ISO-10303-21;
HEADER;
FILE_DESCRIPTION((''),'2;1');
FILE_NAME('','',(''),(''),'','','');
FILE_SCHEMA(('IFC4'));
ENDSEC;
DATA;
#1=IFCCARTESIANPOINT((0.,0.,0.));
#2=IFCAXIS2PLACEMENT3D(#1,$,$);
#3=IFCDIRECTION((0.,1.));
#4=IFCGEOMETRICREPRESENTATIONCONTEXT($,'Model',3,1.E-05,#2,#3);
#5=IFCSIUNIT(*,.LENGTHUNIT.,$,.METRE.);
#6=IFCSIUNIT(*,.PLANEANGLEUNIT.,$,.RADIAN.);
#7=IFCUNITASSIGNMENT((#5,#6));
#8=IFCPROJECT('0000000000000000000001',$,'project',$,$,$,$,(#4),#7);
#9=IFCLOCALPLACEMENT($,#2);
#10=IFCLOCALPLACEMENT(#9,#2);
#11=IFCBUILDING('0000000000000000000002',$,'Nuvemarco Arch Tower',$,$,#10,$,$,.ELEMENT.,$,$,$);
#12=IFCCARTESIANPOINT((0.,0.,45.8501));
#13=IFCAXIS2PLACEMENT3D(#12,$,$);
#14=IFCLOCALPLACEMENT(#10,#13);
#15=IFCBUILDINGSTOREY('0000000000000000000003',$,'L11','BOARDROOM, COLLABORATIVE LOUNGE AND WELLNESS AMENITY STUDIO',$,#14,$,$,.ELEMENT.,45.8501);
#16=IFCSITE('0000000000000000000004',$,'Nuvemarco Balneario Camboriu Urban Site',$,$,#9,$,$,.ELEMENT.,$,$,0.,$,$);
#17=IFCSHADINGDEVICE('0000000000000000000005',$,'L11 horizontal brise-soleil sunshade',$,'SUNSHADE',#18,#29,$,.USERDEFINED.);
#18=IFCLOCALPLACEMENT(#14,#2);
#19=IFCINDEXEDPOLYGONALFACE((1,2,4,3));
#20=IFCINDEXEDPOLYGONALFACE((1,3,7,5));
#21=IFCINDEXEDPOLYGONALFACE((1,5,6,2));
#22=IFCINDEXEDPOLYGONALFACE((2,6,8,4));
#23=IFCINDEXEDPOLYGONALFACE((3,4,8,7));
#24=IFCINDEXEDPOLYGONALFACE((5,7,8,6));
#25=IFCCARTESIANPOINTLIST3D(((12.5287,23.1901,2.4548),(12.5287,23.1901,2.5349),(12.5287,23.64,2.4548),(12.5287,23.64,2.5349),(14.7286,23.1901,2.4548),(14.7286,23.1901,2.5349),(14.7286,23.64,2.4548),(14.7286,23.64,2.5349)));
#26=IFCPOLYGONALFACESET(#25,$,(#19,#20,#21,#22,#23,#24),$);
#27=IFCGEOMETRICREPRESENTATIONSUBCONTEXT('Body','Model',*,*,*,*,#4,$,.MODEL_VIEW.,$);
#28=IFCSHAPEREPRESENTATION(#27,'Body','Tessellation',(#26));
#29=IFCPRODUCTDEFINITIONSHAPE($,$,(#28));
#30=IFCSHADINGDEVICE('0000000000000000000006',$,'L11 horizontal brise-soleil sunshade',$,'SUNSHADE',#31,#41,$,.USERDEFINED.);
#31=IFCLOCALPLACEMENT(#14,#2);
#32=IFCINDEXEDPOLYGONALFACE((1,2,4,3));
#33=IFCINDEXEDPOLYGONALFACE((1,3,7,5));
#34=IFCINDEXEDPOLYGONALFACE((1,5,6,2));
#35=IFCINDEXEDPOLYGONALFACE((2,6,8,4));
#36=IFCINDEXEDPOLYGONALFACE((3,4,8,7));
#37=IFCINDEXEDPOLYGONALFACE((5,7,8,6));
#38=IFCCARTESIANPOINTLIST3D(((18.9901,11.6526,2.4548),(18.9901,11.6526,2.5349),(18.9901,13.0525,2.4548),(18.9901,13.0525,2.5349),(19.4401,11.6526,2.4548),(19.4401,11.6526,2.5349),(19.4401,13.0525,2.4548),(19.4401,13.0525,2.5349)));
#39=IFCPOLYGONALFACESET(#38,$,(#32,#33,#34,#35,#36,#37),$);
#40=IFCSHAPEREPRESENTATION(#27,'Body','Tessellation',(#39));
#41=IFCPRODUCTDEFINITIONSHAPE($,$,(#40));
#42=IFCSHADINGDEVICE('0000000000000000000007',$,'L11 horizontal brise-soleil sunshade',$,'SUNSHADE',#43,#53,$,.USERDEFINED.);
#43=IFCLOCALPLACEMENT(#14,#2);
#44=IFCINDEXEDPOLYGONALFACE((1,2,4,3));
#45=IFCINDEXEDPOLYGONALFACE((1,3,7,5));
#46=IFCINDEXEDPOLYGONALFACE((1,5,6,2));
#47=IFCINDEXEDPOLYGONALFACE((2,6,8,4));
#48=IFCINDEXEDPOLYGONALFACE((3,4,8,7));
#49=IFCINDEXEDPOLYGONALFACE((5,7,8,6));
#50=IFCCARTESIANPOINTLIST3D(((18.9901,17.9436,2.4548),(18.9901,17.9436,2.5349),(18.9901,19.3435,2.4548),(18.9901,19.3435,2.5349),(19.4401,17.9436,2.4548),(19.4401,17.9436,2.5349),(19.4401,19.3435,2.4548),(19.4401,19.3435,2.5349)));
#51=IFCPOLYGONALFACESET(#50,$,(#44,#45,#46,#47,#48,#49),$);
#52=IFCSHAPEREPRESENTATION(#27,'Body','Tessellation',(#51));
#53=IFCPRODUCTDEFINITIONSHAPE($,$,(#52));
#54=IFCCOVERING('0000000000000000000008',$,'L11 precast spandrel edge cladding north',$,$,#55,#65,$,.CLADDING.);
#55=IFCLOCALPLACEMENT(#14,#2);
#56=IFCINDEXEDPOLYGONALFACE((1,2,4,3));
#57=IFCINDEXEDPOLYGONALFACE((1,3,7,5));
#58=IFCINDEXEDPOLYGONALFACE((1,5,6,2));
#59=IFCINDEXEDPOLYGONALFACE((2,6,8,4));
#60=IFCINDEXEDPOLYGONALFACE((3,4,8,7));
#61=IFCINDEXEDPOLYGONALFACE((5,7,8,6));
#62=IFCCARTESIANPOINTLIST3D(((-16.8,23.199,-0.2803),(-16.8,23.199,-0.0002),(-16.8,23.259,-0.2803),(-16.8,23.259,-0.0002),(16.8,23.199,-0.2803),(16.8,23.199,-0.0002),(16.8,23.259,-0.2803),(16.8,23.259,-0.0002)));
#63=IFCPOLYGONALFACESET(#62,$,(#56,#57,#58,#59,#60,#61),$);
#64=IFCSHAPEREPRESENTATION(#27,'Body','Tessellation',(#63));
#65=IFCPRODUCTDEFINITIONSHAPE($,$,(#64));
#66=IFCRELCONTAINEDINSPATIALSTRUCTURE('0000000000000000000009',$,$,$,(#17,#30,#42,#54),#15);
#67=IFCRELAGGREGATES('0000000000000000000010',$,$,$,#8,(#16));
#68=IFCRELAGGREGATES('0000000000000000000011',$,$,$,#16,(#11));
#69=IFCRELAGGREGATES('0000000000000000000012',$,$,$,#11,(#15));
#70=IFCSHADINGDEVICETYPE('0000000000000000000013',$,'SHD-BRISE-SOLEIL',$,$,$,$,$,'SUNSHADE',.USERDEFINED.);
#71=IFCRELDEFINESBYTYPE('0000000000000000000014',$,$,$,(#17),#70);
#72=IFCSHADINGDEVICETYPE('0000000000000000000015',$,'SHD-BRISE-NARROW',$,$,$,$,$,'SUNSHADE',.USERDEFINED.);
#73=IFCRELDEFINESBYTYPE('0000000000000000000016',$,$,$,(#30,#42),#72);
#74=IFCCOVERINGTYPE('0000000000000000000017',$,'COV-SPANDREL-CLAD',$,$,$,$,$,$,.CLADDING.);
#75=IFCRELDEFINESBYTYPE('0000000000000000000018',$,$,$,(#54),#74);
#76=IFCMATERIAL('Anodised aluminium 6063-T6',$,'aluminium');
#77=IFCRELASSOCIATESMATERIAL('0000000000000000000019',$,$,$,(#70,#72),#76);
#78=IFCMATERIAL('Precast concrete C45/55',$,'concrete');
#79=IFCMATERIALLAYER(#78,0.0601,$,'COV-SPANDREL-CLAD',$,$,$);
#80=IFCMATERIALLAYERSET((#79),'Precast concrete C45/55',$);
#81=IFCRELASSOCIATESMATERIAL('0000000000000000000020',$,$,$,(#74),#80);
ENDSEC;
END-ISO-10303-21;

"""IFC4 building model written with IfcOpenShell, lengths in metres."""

from ifc_helpers import new_model, si_unit, direction, frame, origin, origin_2d, place, context, subcontext, project, spatial, rectangle, extrude, source, transform, mapped, material, layer, layer_set, type_object, type_shapes, element, save


model = new_model("IFC4")

# Units and contexts
model_context = context("Model", 3, precision=1e-05, world=origin(), true_north=direction((0.0, 1.0)))
body_context = subcontext(model_context, "Body", "Model", "MODEL_VIEW")
ifc_project = project(units=[si_unit("LENGTHUNIT", "METRE"), si_unit("PLANEANGLEUNIT", "RADIAN")], contexts=[model_context])

# Site, building, storey
site_placement = place(None, origin())
site = spatial("IfcSite", under=ifc_project, at=site_placement, Name="Nuvemarco Balneario Camboriu Urban Site", CompositionType="ELEMENT", RefElevation=0.0)
building_placement = place(site_placement, origin())
building = spatial("IfcBuilding", under=site, at=building_placement, Name="Nuvemarco Arch Tower", CompositionType="ELEMENT")
storey_placement = place(building_placement, frame((0.0, 0.0, 45.8501)))
storey = spatial("IfcBuildingStorey", under=building, at=storey_placement, Name="L11", Description="BOARDROOM, COLLABORATIVE LOUNGE AND WELLNESS AMENITY STUDIO", CompositionType="ELEMENT", Elevation=45.8501)

# Shared definitions
ifc_material_1 = material(Name="Precast concrete C45/55", Category="concrete")

# Shading devices
ifc_material_2 = material(Name="Anodised aluminium 6063-T6", Category="aluminium")
shading_device_type_1 = type_object("IfcShadingDeviceType", Name="SHD-BRISE-SOLEIL", ElementType="SUNSHADE", PredefinedType="USERDEFINED", material=ifc_material_2)
shared_shape_1 = source(origin(), body_context, "Body", "SweptSolid", [
    extrude(rectangle(XDim=2.2, YDim=0.45, at=origin_2d()), origin(), (0.0, 0.0, 1.0), 0.0801),
])
type_shapes(shading_device_type_1, [shared_shape_1])
for number, where, z_axis, x_axis, name in (
    (1, (13.6287, 23.415, 2.4548), (0.0, 0.0, 1.0), (1.0, 0.0, 0.0), "L11 horizontal brise-soleil sunshade"),
):
    element("IfcShadingDevice", number, at=place(storey_placement, frame(where, z_axis=z_axis, x_axis=x_axis)), inside=storey, type_object=shading_device_type_1, Name=name, ObjectType="SUNSHADE", PredefinedType="USERDEFINED", context=body_context, shape_type="MappedRepresentation", body=[
        mapped(shared_shape_1, transform((0.0, 0.0, 0.0), scale=1.0)),
    ])
shading_device_type_2 = type_object("IfcShadingDeviceType", Name="SHD-BRISE-NARROW", ElementType="SUNSHADE", PredefinedType="USERDEFINED", material=ifc_material_2)
shared_shape_2 = source(origin(), body_context, "Body", "SweptSolid", [
    extrude(rectangle(XDim=1.3999, YDim=0.45, at=origin_2d()), origin(), (0.0, 0.0, 1.0), 0.0801),
])
type_shapes(shading_device_type_2, [shared_shape_2])
for number, where, z_axis, x_axis, name in (
    (2, (19.2151, 12.3525, 2.4548), (0.0, 0.0, 1.0), (0.0, 1.0, 0.0), "L11 horizontal brise-soleil sunshade"),
    (3, (19.2151, 18.6436, 2.4548), (0.0, 0.0, 1.0), (0.0, 1.0, 0.0), "L11 horizontal brise-soleil sunshade"),
):
    element("IfcShadingDevice", number, at=place(storey_placement, frame(where, z_axis=z_axis, x_axis=x_axis)), inside=storey, type_object=shading_device_type_2, Name=name, ObjectType="SUNSHADE", PredefinedType="USERDEFINED", context=body_context, shape_type="MappedRepresentation", body=[
        mapped(shared_shape_2, transform((0.0, 0.0, 0.0), scale=1.0)),
    ])

# Covering
ifc_layer_1 = layer(ifc_material_1, 0.0601, Name="COV-SPANDREL-CLAD")
ifc_layer_set_1 = layer_set([ifc_layer_1], Name="Precast concrete C45/55")
covering_type = type_object("IfcCoveringType", Name="COV-SPANDREL-CLAD", PredefinedType="CLADDING", material=ifc_layer_set_1)
shared_shape_3 = source(origin(), body_context, "Body", "SweptSolid", [
    extrude(rectangle(XDim=33.6001, YDim=0.0601, at=origin_2d()), origin(), (0.0, 0.0, 1.0), 0.28),
])
type_shapes(covering_type, [shared_shape_3])
covering_placement = place(storey_placement, frame((0.0, 23.229, -0.2803), z_axis=(0.0, 0.0, 1.0), x_axis=(1.0, 0.0, 0.0)))
element("IfcCovering", 4, at=covering_placement, inside=storey, type_object=covering_type, Name="L11 precast spandrel edge cladding north", PredefinedType="CLADDING", context=body_context, shape_type="MappedRepresentation", body=[
    mapped(shared_shape_3, transform((0.0, 0.0, 0.0), scale=1.0)),
])

save(model, "model.ifc")
